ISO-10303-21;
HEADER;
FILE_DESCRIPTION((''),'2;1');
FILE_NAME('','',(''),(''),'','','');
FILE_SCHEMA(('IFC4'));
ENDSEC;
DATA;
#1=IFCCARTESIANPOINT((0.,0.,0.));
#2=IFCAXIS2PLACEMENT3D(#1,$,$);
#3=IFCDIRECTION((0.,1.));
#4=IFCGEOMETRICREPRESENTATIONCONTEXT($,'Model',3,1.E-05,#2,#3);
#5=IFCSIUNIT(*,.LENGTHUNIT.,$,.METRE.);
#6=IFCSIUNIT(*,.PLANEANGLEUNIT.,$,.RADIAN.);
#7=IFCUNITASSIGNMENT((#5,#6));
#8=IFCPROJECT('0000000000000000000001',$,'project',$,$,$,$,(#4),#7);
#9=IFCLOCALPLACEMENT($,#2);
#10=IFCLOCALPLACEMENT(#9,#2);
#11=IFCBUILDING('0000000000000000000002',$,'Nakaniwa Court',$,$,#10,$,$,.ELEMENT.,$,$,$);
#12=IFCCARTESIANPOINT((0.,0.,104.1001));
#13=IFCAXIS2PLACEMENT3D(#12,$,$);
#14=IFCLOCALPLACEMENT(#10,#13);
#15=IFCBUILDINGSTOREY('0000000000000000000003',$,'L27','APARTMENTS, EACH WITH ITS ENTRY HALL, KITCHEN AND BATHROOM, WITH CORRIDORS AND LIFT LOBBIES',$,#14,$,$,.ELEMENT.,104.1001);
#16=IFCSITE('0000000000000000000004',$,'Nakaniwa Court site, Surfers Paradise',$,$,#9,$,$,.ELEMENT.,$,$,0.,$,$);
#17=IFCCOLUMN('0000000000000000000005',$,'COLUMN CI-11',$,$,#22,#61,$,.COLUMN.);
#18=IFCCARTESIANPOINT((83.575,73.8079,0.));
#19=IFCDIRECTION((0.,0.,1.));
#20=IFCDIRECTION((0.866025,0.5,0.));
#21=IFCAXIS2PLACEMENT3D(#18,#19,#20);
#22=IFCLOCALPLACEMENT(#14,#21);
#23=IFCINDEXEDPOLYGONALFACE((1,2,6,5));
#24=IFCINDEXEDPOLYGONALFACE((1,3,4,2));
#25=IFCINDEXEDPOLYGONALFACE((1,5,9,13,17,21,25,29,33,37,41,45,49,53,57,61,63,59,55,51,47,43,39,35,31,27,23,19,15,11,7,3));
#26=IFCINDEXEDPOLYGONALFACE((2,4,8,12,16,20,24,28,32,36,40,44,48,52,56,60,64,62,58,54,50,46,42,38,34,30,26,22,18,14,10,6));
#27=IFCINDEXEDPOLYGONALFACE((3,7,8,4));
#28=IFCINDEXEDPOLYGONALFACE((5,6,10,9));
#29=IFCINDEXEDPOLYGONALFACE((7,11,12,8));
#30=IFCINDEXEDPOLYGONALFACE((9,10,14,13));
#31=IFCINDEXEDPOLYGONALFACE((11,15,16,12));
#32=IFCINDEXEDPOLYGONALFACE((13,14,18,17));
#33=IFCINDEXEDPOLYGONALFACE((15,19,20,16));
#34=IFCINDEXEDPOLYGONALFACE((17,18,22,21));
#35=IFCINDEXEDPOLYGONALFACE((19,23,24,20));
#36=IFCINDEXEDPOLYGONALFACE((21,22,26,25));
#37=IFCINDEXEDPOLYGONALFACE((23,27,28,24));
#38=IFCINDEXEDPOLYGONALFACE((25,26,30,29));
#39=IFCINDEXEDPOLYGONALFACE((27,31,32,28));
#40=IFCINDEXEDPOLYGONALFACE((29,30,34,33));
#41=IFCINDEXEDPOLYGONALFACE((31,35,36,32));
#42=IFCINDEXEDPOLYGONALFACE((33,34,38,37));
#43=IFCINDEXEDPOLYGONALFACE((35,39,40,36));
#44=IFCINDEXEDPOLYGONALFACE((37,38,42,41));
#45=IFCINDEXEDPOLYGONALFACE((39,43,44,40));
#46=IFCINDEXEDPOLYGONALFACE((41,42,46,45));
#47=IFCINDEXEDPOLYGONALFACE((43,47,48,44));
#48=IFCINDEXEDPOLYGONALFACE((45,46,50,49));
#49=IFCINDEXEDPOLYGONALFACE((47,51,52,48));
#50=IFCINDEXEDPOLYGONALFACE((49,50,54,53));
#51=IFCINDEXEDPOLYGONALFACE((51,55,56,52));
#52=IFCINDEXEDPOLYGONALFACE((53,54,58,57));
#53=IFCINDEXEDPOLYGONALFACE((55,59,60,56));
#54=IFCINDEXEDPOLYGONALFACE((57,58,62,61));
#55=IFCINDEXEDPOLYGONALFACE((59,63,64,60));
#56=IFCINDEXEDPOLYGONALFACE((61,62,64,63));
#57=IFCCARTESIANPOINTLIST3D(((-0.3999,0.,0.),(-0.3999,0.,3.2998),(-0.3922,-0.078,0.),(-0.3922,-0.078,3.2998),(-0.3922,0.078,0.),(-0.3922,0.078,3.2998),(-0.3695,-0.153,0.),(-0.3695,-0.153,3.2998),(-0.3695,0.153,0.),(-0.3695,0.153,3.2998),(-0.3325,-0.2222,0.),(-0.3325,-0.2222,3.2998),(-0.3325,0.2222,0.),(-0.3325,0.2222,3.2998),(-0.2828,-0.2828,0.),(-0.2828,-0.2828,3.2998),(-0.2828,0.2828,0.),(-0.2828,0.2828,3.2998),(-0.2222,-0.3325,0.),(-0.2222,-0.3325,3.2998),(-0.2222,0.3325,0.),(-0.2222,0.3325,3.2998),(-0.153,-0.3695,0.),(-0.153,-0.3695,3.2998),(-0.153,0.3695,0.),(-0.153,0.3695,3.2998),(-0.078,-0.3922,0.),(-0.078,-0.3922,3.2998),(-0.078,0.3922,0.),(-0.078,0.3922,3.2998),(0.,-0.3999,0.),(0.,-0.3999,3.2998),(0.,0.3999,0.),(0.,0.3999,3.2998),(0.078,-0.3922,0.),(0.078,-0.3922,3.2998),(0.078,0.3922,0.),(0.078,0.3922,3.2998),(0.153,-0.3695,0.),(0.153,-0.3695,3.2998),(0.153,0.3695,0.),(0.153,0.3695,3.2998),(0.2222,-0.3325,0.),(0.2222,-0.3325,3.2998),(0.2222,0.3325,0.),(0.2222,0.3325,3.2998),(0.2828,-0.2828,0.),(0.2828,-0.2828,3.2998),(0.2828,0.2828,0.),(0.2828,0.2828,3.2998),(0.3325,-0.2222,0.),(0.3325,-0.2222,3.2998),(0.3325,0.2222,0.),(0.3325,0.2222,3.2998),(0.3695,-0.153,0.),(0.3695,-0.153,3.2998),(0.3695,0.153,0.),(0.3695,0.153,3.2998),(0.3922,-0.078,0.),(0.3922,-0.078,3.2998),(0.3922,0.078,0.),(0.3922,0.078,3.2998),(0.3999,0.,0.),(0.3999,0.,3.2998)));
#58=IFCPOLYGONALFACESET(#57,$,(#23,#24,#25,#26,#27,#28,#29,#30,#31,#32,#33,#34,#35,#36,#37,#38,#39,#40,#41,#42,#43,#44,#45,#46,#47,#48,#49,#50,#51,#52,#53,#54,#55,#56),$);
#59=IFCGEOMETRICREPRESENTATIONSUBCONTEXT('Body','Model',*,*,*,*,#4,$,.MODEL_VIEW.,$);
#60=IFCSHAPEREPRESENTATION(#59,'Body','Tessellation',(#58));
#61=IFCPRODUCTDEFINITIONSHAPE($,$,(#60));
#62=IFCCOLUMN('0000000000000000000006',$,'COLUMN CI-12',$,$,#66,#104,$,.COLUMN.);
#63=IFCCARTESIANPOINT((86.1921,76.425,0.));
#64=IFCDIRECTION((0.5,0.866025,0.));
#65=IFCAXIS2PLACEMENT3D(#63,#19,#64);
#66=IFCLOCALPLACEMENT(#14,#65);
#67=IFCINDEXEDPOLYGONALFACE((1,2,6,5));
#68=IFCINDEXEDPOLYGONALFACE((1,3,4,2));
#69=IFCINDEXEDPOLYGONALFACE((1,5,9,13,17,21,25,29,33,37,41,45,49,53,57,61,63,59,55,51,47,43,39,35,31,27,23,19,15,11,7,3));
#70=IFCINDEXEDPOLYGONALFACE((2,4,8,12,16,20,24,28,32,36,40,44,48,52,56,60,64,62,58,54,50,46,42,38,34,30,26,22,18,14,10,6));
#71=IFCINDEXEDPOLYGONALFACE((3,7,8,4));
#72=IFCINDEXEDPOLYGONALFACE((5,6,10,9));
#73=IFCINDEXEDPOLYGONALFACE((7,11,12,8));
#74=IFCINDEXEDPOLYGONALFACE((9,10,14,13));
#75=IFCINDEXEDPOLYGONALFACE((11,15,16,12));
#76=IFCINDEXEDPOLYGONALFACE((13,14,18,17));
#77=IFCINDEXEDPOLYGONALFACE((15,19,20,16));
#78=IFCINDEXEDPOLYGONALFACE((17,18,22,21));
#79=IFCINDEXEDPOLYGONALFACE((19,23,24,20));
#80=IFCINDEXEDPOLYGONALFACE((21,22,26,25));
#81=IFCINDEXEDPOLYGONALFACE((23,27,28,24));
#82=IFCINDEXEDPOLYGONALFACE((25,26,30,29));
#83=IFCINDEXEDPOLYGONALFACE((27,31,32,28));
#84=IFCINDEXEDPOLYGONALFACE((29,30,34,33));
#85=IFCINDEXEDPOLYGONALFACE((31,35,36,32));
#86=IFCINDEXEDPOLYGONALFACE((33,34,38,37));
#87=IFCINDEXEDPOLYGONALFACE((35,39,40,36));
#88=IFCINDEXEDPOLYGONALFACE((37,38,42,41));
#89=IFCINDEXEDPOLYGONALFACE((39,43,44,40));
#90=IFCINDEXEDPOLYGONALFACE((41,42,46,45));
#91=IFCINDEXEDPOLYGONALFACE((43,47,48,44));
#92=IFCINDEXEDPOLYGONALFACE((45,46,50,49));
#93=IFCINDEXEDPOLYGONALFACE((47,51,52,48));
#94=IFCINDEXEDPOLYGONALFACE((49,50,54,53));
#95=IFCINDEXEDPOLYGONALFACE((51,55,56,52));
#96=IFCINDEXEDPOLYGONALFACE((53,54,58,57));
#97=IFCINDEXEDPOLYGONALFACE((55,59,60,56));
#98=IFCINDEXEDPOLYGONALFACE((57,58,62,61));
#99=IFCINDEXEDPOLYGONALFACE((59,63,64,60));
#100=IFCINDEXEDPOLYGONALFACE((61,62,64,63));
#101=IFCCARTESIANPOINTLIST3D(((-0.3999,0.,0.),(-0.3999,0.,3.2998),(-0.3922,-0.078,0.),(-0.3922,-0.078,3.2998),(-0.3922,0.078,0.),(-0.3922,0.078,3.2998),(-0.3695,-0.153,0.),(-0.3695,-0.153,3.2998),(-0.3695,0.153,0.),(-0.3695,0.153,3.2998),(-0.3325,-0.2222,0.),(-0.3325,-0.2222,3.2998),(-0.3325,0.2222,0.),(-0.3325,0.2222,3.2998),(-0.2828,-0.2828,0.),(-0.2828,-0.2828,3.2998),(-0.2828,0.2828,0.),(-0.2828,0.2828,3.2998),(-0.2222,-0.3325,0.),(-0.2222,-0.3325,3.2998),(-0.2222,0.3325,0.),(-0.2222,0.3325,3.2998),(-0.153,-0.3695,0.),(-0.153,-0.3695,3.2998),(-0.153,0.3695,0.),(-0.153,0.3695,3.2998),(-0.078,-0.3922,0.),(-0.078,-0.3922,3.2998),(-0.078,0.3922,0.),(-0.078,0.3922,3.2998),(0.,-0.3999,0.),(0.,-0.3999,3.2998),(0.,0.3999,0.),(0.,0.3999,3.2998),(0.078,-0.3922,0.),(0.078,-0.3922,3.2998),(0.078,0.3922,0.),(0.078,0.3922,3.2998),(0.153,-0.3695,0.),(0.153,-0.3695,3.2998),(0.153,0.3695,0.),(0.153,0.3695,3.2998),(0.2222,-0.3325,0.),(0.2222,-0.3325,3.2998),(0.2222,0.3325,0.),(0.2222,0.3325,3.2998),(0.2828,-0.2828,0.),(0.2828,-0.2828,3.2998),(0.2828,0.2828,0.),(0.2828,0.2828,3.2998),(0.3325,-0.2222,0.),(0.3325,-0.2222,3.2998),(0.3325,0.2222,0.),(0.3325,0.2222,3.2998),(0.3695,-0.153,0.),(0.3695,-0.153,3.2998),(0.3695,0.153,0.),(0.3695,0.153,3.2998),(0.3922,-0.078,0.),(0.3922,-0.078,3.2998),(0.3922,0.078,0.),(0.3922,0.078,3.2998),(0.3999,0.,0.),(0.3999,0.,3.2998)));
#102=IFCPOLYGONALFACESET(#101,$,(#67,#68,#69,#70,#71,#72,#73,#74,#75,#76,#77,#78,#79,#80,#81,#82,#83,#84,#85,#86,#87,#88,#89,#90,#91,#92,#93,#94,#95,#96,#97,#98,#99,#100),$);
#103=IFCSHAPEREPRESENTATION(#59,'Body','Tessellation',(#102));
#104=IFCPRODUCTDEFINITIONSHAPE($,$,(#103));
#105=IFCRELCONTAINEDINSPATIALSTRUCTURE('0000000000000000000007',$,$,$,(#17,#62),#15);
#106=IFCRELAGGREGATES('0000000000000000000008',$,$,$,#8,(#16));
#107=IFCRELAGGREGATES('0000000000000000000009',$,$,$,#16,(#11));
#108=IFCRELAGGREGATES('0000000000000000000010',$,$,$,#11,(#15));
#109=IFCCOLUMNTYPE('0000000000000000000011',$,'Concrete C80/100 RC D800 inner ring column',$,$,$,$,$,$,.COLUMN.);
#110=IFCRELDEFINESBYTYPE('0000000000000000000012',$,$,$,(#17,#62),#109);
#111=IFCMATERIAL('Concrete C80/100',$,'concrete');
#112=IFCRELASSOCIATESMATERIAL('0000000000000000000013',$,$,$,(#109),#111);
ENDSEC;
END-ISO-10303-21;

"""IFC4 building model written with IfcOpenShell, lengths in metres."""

from ifc_helpers import new_model, si_unit, direction, frame, origin, origin_2d, place, context, subcontext, project, spatial, circle, extrude, material, material_profile, profile_set, type_object, element, save


model = new_model("IFC4")

# Units and contexts
model_context = context("Model", 3, precision=1e-05, world=origin(), true_north=direction((0.0, 1.0)))
body_context = subcontext(model_context, "Body", "Model", "MODEL_VIEW")
ifc_project = project(units=[si_unit("LENGTHUNIT", "METRE"), si_unit("PLANEANGLEUNIT", "RADIAN")], contexts=[model_context])

# Site, building, storey
site_placement = place(None, origin())
site = spatial("IfcSite", under=ifc_project, at=site_placement, Name="Nakaniwa Court site, Surfers Paradise", CompositionType="ELEMENT", RefElevation=0.0)
building_placement = place(site_placement, origin())
building = spatial("IfcBuilding", under=site, at=building_placement, Name="Nakaniwa Court", CompositionType="ELEMENT")
storey_placement = place(building_placement, frame((0.0, 0.0, 104.1001)))
storey = spatial("IfcBuildingStorey", under=building, at=storey_placement, Name="L27", Description="APARTMENTS, EACH WITH ITS ENTRY HALL, KITCHEN AND BATHROOM, WITH CORRIDORS AND LIFT LOBBIES", CompositionType="ELEMENT", Elevation=104.1001)

# Columns
ifc_material_1 = material(Name="Concrete C80/100", Category="concrete")
ifc_material_profile_1 = material_profile(ifc_material_1, circle(Radius=0.3999, at=origin_2d()), Name="Concrete C80/100 RC D800 inner ring column")
ifc_profile_set_1 = profile_set([ifc_material_profile_1], Name="Concrete C80/100")
column_type = type_object("IfcColumnType", Name="Concrete C80/100 RC D800 inner ring column", PredefinedType="COLUMN", material=ifc_profile_set_1)
for number, where, z_axis, x_axis, name in (
    (1, (83.575, 73.8079, 0.0), (0.0, 0.0, 1.0), (0.866025, 0.5, 0.0), "COLUMN CI-11"),
    (2, (86.1921, 76.425, 0.0), (0.0, 0.0, 1.0), (0.5, 0.866025, 0.0), "COLUMN CI-12"),
):
    element("IfcColumn", number, at=place(storey_placement, frame(where, z_axis=z_axis, x_axis=x_axis)), inside=storey, type_object=column_type, Name=name, PredefinedType="COLUMN", context=body_context, shape_type="SweptSolid", body=[
        extrude(circle(Radius=0.3999, at=origin_2d()), origin(), (0.0, 0.0, 1.0), 3.2998),
    ])

save(model, "model.ifc")
